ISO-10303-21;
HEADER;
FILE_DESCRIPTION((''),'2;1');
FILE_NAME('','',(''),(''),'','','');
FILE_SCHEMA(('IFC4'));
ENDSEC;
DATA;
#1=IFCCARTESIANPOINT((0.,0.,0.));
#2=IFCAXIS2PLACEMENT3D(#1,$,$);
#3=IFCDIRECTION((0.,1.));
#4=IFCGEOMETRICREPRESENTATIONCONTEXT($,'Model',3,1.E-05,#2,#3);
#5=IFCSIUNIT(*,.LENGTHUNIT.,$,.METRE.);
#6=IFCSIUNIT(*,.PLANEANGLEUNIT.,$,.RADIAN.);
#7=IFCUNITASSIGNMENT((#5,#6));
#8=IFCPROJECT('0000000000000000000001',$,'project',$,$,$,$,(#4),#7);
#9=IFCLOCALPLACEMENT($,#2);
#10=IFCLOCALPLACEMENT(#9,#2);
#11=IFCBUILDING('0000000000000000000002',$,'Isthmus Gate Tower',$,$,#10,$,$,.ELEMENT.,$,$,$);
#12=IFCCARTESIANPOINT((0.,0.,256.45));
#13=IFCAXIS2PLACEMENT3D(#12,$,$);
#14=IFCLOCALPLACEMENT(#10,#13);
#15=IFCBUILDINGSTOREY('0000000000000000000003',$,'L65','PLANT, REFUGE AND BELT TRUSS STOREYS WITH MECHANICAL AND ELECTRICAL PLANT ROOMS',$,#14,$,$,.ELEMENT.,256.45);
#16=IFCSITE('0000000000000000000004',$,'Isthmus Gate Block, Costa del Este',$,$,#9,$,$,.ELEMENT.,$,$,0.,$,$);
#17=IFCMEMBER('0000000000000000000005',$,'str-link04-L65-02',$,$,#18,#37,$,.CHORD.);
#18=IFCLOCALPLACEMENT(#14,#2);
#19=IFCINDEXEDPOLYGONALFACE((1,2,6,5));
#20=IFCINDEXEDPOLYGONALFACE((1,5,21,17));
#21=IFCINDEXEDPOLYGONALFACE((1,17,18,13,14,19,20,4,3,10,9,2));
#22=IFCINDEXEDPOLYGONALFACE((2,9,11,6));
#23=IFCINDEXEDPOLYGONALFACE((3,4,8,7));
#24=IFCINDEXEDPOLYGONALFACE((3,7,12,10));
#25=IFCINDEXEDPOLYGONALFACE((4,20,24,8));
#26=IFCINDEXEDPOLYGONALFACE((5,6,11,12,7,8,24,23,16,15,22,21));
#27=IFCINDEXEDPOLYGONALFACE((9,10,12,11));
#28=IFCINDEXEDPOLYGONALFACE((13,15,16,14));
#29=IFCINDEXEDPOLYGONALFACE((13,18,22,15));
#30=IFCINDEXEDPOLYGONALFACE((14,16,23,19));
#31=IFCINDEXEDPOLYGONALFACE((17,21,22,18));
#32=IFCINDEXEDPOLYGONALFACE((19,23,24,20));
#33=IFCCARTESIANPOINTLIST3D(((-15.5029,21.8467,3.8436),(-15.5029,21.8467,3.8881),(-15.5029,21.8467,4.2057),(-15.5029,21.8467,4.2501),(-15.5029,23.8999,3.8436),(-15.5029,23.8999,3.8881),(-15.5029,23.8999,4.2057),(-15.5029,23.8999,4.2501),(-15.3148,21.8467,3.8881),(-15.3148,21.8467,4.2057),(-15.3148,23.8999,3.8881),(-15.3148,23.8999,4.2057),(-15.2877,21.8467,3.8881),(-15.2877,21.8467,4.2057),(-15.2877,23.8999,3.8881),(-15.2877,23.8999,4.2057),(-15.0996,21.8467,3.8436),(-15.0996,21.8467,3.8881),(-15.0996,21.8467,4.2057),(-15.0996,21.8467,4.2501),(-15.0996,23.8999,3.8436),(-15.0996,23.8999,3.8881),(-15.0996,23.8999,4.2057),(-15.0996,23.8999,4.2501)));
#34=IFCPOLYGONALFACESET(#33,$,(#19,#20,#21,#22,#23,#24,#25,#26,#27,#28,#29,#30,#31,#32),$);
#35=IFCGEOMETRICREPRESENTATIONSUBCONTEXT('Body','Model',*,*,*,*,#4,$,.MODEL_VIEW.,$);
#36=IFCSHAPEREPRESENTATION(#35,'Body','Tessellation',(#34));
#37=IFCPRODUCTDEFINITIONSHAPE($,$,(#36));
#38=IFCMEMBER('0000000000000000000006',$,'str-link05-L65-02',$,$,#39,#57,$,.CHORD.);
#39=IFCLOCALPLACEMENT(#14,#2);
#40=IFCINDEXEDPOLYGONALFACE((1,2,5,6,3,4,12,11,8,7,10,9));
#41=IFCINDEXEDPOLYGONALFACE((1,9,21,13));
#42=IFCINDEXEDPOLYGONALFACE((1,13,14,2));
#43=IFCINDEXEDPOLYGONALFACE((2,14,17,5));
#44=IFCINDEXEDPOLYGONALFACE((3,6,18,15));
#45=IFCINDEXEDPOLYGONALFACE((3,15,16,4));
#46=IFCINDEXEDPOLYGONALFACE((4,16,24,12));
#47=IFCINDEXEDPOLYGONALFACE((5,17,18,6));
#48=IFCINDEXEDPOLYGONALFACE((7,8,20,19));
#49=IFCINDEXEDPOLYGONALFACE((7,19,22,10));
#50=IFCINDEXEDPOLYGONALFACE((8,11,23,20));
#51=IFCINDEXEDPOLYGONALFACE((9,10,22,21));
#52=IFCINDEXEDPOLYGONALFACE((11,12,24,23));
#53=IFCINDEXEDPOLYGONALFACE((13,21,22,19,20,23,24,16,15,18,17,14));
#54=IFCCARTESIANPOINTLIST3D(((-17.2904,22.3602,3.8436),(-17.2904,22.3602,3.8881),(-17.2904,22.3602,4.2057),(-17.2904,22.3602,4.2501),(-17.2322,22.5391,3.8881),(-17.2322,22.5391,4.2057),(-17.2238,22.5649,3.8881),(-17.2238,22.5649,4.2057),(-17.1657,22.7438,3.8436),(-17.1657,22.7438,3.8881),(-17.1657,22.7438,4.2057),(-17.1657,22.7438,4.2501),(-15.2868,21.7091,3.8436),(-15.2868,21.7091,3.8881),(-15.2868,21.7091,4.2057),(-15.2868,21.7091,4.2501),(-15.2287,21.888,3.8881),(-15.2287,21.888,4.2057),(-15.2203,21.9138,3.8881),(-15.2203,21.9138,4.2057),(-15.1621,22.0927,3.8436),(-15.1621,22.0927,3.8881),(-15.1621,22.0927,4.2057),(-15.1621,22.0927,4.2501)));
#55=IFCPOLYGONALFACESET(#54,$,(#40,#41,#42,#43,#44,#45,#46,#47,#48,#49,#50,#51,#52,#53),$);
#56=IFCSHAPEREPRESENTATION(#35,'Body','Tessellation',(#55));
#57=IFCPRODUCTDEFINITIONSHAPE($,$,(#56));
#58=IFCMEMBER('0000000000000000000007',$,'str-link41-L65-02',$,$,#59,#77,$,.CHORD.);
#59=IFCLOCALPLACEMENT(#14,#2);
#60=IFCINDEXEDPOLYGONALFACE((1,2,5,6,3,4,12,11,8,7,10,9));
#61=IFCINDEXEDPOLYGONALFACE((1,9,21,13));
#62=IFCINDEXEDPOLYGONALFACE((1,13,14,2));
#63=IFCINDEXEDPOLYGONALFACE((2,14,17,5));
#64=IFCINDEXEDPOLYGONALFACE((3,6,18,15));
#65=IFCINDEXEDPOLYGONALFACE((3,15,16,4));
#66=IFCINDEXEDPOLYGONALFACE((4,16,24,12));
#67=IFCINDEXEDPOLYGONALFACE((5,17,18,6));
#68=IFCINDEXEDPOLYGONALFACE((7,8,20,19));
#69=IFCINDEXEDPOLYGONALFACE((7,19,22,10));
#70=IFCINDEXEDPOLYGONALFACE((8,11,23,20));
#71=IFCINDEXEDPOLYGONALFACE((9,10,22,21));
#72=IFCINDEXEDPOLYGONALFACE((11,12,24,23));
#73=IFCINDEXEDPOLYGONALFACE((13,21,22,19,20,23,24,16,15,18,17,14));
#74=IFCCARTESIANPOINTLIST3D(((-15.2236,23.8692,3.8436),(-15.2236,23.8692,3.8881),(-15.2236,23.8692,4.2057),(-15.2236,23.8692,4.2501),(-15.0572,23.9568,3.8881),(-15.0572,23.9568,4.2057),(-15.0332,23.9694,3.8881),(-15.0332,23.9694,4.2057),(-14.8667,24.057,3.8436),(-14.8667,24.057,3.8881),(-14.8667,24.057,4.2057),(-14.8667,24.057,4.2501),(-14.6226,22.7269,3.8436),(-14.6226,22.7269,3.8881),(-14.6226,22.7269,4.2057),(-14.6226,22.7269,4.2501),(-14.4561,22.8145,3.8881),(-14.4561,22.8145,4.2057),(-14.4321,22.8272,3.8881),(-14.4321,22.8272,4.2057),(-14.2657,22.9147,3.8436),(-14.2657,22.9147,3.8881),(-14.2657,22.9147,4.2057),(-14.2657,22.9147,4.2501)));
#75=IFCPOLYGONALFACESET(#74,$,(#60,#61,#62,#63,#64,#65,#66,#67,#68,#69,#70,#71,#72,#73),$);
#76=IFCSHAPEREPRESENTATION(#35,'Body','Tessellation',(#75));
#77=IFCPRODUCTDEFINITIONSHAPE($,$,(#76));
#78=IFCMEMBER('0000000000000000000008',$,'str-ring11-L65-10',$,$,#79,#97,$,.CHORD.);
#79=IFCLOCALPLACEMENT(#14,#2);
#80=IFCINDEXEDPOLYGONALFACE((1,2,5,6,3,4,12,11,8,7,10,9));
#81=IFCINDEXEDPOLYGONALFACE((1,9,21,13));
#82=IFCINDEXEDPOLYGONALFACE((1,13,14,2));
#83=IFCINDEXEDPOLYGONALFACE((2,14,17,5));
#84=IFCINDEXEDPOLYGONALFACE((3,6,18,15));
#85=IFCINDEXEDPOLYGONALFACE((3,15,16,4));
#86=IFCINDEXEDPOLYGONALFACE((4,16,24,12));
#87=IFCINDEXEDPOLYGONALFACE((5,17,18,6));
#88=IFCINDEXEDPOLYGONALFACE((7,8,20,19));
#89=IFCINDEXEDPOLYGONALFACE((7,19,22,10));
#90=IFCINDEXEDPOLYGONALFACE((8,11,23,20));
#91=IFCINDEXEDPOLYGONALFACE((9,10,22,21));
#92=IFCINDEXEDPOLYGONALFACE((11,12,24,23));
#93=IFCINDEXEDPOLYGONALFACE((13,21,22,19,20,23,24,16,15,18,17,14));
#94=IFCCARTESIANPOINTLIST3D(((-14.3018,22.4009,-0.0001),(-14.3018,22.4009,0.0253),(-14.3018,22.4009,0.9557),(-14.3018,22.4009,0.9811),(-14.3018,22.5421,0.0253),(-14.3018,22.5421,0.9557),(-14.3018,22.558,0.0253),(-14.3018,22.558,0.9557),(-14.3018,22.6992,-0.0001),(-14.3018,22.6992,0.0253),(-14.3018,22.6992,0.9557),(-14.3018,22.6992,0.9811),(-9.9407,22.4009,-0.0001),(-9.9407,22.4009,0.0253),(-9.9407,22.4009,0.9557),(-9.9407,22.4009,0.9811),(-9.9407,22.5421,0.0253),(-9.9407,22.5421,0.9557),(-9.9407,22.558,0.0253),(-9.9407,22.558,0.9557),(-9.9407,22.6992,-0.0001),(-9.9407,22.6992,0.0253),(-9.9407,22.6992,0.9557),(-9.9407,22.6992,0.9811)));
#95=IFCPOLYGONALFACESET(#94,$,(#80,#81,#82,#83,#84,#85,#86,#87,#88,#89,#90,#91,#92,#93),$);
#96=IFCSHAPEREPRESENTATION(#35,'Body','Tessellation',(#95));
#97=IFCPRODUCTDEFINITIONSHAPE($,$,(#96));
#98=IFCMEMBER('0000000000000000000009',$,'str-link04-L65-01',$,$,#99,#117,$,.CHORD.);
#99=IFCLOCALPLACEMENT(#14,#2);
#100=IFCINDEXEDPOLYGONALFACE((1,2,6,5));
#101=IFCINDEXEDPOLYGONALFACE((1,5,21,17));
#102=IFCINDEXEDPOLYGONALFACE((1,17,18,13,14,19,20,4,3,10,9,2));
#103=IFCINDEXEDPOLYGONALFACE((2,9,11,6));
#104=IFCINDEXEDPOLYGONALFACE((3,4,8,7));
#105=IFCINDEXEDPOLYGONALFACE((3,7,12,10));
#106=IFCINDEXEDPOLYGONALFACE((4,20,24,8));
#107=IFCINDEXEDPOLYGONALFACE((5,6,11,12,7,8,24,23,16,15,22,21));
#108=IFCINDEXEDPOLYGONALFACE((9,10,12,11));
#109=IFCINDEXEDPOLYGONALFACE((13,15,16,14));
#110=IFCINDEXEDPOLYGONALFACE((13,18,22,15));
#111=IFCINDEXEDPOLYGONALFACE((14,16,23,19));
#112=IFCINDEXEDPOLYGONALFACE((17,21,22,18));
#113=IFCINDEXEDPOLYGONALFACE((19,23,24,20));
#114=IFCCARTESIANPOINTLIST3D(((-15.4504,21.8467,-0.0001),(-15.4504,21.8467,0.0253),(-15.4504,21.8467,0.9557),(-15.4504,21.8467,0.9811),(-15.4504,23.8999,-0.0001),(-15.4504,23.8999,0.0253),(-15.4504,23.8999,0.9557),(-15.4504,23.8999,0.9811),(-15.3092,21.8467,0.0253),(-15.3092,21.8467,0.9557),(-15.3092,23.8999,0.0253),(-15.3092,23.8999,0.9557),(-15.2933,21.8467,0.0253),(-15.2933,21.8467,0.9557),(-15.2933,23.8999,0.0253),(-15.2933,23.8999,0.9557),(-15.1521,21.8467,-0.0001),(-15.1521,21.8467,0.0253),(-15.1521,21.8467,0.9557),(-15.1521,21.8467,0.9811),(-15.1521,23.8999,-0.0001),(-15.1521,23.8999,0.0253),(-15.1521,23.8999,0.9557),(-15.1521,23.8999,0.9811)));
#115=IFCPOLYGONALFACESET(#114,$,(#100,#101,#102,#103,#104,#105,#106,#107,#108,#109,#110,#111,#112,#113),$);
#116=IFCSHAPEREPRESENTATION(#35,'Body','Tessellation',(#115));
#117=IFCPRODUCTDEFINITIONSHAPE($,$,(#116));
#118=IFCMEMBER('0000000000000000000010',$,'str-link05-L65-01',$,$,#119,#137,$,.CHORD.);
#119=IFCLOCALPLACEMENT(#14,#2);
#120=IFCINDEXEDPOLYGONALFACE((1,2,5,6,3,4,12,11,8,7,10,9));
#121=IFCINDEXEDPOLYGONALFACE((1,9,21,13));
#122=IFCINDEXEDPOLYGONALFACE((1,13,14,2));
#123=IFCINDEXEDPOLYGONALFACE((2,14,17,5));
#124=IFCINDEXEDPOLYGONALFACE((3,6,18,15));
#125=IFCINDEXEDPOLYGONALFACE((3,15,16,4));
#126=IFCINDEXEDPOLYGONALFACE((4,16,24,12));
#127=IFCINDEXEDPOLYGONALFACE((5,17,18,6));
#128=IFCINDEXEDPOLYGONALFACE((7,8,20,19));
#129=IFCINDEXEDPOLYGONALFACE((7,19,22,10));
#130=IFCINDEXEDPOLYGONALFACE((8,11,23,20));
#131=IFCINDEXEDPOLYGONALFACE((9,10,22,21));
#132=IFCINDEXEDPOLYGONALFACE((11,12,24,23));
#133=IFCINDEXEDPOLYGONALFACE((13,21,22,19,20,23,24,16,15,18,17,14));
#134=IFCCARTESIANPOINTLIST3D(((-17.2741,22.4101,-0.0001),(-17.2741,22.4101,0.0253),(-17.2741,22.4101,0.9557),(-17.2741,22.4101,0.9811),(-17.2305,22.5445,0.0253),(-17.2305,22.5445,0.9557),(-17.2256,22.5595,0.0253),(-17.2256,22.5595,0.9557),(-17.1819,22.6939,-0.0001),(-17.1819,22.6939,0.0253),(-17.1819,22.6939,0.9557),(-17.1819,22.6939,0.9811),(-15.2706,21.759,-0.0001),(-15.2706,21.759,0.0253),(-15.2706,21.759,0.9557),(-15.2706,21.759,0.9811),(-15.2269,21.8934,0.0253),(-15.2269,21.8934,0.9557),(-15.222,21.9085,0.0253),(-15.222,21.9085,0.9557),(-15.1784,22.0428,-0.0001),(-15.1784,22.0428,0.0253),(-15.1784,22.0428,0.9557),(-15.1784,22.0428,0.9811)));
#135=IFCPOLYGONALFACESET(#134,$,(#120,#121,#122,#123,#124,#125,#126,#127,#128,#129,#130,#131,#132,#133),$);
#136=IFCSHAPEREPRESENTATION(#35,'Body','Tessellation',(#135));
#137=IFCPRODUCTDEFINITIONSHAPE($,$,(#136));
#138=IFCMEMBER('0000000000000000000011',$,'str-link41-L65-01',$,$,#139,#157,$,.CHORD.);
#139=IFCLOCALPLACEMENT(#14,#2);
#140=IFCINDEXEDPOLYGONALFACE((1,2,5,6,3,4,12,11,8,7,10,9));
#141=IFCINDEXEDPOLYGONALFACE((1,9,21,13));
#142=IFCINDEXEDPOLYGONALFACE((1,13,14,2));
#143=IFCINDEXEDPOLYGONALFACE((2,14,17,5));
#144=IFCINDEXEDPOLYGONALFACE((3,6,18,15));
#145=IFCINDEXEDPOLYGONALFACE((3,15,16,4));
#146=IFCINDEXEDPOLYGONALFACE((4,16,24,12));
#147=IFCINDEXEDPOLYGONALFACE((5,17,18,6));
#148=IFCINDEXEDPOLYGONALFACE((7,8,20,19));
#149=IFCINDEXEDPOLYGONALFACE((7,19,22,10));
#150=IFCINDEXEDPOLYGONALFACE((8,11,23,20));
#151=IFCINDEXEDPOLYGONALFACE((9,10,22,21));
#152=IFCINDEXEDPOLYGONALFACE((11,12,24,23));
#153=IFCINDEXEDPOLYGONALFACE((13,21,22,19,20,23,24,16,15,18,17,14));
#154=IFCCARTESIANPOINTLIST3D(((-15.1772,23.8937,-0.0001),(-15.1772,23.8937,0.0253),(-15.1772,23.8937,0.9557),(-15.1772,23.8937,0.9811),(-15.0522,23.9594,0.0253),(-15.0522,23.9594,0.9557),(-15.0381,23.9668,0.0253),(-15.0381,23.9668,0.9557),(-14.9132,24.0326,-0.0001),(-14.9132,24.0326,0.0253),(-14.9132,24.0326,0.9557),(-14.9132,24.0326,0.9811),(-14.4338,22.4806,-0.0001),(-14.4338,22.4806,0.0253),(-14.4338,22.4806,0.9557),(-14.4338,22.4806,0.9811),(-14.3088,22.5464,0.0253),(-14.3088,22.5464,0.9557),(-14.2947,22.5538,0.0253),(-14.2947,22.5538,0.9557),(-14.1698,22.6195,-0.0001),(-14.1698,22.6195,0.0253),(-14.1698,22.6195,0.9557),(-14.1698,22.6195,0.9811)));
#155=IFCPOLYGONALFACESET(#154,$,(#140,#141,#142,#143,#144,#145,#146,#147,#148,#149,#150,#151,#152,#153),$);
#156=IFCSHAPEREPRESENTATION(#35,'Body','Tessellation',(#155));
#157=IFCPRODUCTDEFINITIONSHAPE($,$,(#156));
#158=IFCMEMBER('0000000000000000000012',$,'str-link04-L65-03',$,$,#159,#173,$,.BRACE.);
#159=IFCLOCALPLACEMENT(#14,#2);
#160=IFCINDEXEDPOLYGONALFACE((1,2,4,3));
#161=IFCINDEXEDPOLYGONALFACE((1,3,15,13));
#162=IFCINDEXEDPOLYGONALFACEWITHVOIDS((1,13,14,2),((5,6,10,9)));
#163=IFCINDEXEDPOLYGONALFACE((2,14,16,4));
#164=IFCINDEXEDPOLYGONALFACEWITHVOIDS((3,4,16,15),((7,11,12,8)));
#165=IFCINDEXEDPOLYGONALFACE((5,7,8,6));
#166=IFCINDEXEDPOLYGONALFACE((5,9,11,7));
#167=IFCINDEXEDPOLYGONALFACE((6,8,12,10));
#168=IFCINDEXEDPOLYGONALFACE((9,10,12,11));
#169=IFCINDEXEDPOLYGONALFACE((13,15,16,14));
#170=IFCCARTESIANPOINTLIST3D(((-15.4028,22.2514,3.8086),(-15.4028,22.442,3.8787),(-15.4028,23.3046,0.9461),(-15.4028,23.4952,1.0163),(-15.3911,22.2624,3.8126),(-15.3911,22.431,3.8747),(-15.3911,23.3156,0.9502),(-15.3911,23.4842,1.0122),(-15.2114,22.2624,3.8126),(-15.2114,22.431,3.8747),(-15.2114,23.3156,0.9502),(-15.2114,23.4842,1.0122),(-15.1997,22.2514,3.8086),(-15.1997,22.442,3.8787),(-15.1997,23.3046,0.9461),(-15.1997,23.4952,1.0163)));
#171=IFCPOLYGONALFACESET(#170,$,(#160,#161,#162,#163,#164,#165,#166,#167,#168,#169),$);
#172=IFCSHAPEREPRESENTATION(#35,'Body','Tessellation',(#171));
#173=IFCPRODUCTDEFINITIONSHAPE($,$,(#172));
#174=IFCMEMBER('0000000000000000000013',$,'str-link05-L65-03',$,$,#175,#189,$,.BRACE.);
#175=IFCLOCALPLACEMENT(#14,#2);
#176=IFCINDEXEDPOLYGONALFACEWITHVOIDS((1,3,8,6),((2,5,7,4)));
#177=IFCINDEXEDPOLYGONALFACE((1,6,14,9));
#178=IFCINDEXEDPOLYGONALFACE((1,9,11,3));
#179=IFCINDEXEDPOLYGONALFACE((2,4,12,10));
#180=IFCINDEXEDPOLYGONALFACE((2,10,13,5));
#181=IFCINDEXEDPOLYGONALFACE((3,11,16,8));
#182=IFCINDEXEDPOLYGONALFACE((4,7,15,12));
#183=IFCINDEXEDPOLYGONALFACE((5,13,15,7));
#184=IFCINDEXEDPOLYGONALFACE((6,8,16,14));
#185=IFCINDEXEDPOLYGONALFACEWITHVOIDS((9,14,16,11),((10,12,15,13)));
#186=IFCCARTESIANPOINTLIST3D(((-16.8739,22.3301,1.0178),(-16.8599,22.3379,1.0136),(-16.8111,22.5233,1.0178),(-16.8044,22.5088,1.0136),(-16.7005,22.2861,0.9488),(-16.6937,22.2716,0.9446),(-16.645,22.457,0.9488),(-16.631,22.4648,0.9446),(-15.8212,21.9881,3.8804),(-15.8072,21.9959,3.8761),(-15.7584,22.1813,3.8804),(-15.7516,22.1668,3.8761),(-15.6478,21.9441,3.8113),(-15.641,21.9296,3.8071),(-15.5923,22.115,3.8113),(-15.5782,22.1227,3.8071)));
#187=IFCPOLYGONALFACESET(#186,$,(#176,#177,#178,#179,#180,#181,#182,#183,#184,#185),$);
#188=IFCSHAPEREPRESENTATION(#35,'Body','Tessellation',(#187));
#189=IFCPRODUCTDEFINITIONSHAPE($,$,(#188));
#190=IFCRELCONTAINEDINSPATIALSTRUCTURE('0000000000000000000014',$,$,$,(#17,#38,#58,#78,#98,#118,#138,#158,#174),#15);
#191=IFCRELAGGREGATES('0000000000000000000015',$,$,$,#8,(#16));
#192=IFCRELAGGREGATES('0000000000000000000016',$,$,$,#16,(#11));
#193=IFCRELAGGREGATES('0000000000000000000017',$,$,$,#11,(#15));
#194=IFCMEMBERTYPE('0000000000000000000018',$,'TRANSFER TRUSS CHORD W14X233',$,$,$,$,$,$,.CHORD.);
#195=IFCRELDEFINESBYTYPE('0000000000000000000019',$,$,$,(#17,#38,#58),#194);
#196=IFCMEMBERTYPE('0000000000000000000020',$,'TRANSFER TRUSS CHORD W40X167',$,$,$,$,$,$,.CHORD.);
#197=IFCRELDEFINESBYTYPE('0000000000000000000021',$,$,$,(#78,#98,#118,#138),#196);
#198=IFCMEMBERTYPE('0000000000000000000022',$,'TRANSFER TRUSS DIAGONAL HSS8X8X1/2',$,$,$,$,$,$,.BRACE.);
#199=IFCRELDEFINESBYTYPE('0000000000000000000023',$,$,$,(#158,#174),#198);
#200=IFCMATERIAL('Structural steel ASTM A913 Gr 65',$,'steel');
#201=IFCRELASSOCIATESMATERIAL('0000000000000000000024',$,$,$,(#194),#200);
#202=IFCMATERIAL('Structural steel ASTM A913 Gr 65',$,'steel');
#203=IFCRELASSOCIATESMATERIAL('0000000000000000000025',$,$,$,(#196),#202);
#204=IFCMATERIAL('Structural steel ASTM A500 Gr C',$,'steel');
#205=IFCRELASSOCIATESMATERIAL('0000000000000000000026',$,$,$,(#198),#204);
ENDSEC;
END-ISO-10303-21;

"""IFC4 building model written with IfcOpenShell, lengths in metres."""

from ifc_helpers import new_model, si_unit, direction, frame, origin, origin_2d, place, context, subcontext, project, spatial, hollow_rectangle, i_section, extrude, material, material_profile, profile_set, type_object, element, save


model = new_model("IFC4")

# Units and contexts
model_context = context("Model", 3, precision=1e-05, world=origin(), true_north=direction((0.0, 1.0)))
body_context = subcontext(model_context, "Body", "Model", "MODEL_VIEW")
ifc_project = project(units=[si_unit("LENGTHUNIT", "METRE"), si_unit("PLANEANGLEUNIT", "RADIAN")], contexts=[model_context])

# Site, building, storey
site_placement = place(None, origin())
site = spatial("IfcSite", under=ifc_project, at=site_placement, Name="Isthmus Gate Block, Costa del Este", CompositionType="ELEMENT", RefElevation=0.0)
building_placement = place(site_placement, origin())
building = spatial("IfcBuilding", under=site, at=building_placement, Name="Isthmus Gate Tower", CompositionType="ELEMENT")
storey_placement = place(building_placement, frame((0.0, 0.0, 256.45)))
storey = spatial("IfcBuildingStorey", under=building, at=storey_placement, Name="L65", Description="PLANT, REFUGE AND BELT TRUSS STOREYS WITH MECHANICAL AND ELECTRICAL PLANT ROOMS", CompositionType="ELEMENT", Elevation=256.45)

# Members
ifc_material_1 = material(Name="Structural steel ASTM A913 Gr 65", Category="steel")
ifc_material_profile_1 = material_profile(ifc_material_1, i_section(OverallWidth=0.4033, OverallDepth=0.4065, WebThickness=0.0271, FlangeThickness=0.0444, at=origin_2d()), Name="W14X233")
ifc_profile_set_1 = profile_set([ifc_material_profile_1], Name="Structural steel ASTM A913 Gr 65")
member_type_1 = type_object("IfcMemberType", Name="TRANSFER TRUSS CHORD W14X233", PredefinedType="CHORD", material=ifc_profile_set_1)
member_1_placement = place(storey_placement, frame((-15.3013, 23.8999, 4.0469), z_axis=(0.0, -1.0, 0.0), x_axis=(1.0, 0.0, 0.0)))
element("IfcMember", 1, at=member_1_placement, inside=storey, type_object=member_type_1, Name="str-link04-L65-02", PredefinedType="CHORD", context=body_context, shape_type="SweptSolid", body=[
    extrude(i_section(OverallWidth=0.4033, OverallDepth=0.4065, WebThickness=0.0271, FlangeThickness=0.0444, at=origin_2d()), origin(), (0.0, 0.0, 1.0), 2.0532),
])
member_2_placement = place(storey_placement, frame((-17.228, 22.552, 4.0469), z_axis=(0.951043, -0.309057, 0.0), x_axis=(0.309057, 0.951043, 0.0)))
element("IfcMember", 2, at=member_2_placement, inside=storey, type_object=member_type_1, Name="str-link05-L65-02", PredefinedType="CHORD", context=body_context, shape_type="SweptSolid", body=[
    extrude(i_section(OverallWidth=0.4033, OverallDepth=0.4065, WebThickness=0.0271, FlangeThickness=0.0444, at=origin_2d()), origin(), (0.0, 0.0, 1.0), 2.1067),
])
member_3_placement = place(storey_placement, frame((-15.0452, 23.9631, 4.0469), z_axis=(0.465653, -0.884967, 0.0), x_axis=(0.884967, 0.465653, 0.0)))
element("IfcMember", 3, at=member_3_placement, inside=storey, type_object=member_type_1, Name="str-link41-L65-02", PredefinedType="CHORD", context=body_context, shape_type="SweptSolid", body=[
    extrude(i_section(OverallWidth=0.4033, OverallDepth=0.4065, WebThickness=0.0271, FlangeThickness=0.0444, at=origin_2d()), origin(), (0.0, 0.0, 1.0), 1.2908),
])
ifc_material_2 = material(Name="Structural steel ASTM A913 Gr 65", Category="steel")
ifc_material_profile_2 = material_profile(ifc_material_2, i_section(OverallWidth=0.2983, OverallDepth=0.9812, WebThickness=0.0159, FlangeThickness=0.0254, at=origin_2d()), Name="W40X167")
ifc_profile_set_2 = profile_set([ifc_material_profile_2], Name="Structural steel ASTM A913 Gr 65")
member_type_2 = type_object("IfcMemberType", Name="TRANSFER TRUSS CHORD W40X167", PredefinedType="CHORD", material=ifc_profile_set_2)
member_4_placement = place(storey_placement, frame((-14.3018, 22.55, 0.4905), z_axis=(1.0, 0.0, 0.0), x_axis=(0.0, 1.0, 0.0)))
element("IfcMember", 4, at=member_4_placement, inside=storey, type_object=member_type_2, Name="str-ring11-L65-10", PredefinedType="CHORD", context=body_context, shape_type="SweptSolid", body=[
    extrude(i_section(OverallWidth=0.2983, OverallDepth=0.9812, WebThickness=0.0159, FlangeThickness=0.0254, at=origin_2d()), origin(), (0.0, 0.0, 1.0), 4.3611),
])
member_5_placement = place(storey_placement, frame((-15.3013, 23.8999, 0.4905), z_axis=(0.0, -1.0, 0.0), x_axis=(1.0, 0.0, 0.0)))
element("IfcMember", 5, at=member_5_placement, inside=storey, type_object=member_type_2, Name="str-link04-L65-01", PredefinedType="CHORD", context=body_context, shape_type="SweptSolid", body=[
    extrude(i_section(OverallWidth=0.2983, OverallDepth=0.9812, WebThickness=0.0159, FlangeThickness=0.0254, at=origin_2d()), origin(), (0.0, 0.0, 1.0), 2.0532),
])
member_6_placement = place(storey_placement, frame((-17.228, 22.552, 0.4905), z_axis=(0.951043, -0.309057, 0.0), x_axis=(0.309057, 0.951043, 0.0)))
element("IfcMember", 6, at=member_6_placement, inside=storey, type_object=member_type_2, Name="str-link05-L65-01", PredefinedType="CHORD", context=body_context, shape_type="SweptSolid", body=[
    extrude(i_section(OverallWidth=0.2983, OverallDepth=0.9812, WebThickness=0.0159, FlangeThickness=0.0254, at=origin_2d()), origin(), (0.0, 0.0, 1.0), 2.1067),
])
member_7_placement = place(storey_placement, frame((-15.0452, 23.9631, 0.4905), z_axis=(0.465589, -0.885001, 0.0), x_axis=(0.885001, 0.465589, 0.0)))
element("IfcMember", 7, at=member_7_placement, inside=storey, type_object=member_type_2, Name="str-link41-L65-01", PredefinedType="CHORD", context=body_context, shape_type="SweptSolid", body=[
    extrude(i_section(OverallWidth=0.2983, OverallDepth=0.9812, WebThickness=0.0159, FlangeThickness=0.0254, at=origin_2d()), origin(), (0.0, 0.0, 1.0), 1.5967),
])
ifc_material_3 = material(Name="Structural steel ASTM A500 Gr C", Category="steel")
ifc_material_profile_3 = material_profile(ifc_material_3, hollow_rectangle(XDim=0.2031, YDim=0.2031, WallThickness=0.0117, at=origin_2d()), Name="HSS8X8X1/2")
ifc_profile_set_3 = profile_set([ifc_material_profile_3], Name="Structural steel ASTM A500 Gr C")
member_type_3 = type_object("IfcMemberType", Name="TRANSFER TRUSS DIAGONAL HSS8X8X1/2", PredefinedType="BRACE", material=ifc_profile_set_3)
member_8_placement = place(storey_placement, frame((-15.3013, 23.3999, 0.9812), z_axis=(0.0, -0.345301, 0.938492), x_axis=(1.0, 0.0, 0.0)))
element("IfcMember", 8, at=member_8_placement, inside=storey, type_object=member_type_3, Name="str-link04-L65-03", PredefinedType="BRACE", context=body_context, shape_type="SweptSolid", body=[
    extrude(hollow_rectangle(XDim=0.2031, YDim=0.2031, WallThickness=0.0117, at=origin_2d()), origin(), (0.0, 0.0, 1.0), 3.05),
])
member_9_placement = place(storey_placement, frame((-16.7524, 22.3975, 0.9812), z_axis=(0.34301, -0.111446, 0.932697), x_axis=(0.309006, 0.95106, 0.0)))
element("IfcMember", 9, at=member_9_placement, inside=storey, type_object=member_type_3, Name="str-link05-L65-03", PredefinedType="BRACE", context=body_context, shape_type="SweptSolid", body=[
    extrude(hollow_rectangle(XDim=0.2031, YDim=0.2031, WallThickness=0.0117, at=origin_2d()), origin(), (0.0, 0.0, 1.0), 3.0691),
])

save(model, "model.ifc")
